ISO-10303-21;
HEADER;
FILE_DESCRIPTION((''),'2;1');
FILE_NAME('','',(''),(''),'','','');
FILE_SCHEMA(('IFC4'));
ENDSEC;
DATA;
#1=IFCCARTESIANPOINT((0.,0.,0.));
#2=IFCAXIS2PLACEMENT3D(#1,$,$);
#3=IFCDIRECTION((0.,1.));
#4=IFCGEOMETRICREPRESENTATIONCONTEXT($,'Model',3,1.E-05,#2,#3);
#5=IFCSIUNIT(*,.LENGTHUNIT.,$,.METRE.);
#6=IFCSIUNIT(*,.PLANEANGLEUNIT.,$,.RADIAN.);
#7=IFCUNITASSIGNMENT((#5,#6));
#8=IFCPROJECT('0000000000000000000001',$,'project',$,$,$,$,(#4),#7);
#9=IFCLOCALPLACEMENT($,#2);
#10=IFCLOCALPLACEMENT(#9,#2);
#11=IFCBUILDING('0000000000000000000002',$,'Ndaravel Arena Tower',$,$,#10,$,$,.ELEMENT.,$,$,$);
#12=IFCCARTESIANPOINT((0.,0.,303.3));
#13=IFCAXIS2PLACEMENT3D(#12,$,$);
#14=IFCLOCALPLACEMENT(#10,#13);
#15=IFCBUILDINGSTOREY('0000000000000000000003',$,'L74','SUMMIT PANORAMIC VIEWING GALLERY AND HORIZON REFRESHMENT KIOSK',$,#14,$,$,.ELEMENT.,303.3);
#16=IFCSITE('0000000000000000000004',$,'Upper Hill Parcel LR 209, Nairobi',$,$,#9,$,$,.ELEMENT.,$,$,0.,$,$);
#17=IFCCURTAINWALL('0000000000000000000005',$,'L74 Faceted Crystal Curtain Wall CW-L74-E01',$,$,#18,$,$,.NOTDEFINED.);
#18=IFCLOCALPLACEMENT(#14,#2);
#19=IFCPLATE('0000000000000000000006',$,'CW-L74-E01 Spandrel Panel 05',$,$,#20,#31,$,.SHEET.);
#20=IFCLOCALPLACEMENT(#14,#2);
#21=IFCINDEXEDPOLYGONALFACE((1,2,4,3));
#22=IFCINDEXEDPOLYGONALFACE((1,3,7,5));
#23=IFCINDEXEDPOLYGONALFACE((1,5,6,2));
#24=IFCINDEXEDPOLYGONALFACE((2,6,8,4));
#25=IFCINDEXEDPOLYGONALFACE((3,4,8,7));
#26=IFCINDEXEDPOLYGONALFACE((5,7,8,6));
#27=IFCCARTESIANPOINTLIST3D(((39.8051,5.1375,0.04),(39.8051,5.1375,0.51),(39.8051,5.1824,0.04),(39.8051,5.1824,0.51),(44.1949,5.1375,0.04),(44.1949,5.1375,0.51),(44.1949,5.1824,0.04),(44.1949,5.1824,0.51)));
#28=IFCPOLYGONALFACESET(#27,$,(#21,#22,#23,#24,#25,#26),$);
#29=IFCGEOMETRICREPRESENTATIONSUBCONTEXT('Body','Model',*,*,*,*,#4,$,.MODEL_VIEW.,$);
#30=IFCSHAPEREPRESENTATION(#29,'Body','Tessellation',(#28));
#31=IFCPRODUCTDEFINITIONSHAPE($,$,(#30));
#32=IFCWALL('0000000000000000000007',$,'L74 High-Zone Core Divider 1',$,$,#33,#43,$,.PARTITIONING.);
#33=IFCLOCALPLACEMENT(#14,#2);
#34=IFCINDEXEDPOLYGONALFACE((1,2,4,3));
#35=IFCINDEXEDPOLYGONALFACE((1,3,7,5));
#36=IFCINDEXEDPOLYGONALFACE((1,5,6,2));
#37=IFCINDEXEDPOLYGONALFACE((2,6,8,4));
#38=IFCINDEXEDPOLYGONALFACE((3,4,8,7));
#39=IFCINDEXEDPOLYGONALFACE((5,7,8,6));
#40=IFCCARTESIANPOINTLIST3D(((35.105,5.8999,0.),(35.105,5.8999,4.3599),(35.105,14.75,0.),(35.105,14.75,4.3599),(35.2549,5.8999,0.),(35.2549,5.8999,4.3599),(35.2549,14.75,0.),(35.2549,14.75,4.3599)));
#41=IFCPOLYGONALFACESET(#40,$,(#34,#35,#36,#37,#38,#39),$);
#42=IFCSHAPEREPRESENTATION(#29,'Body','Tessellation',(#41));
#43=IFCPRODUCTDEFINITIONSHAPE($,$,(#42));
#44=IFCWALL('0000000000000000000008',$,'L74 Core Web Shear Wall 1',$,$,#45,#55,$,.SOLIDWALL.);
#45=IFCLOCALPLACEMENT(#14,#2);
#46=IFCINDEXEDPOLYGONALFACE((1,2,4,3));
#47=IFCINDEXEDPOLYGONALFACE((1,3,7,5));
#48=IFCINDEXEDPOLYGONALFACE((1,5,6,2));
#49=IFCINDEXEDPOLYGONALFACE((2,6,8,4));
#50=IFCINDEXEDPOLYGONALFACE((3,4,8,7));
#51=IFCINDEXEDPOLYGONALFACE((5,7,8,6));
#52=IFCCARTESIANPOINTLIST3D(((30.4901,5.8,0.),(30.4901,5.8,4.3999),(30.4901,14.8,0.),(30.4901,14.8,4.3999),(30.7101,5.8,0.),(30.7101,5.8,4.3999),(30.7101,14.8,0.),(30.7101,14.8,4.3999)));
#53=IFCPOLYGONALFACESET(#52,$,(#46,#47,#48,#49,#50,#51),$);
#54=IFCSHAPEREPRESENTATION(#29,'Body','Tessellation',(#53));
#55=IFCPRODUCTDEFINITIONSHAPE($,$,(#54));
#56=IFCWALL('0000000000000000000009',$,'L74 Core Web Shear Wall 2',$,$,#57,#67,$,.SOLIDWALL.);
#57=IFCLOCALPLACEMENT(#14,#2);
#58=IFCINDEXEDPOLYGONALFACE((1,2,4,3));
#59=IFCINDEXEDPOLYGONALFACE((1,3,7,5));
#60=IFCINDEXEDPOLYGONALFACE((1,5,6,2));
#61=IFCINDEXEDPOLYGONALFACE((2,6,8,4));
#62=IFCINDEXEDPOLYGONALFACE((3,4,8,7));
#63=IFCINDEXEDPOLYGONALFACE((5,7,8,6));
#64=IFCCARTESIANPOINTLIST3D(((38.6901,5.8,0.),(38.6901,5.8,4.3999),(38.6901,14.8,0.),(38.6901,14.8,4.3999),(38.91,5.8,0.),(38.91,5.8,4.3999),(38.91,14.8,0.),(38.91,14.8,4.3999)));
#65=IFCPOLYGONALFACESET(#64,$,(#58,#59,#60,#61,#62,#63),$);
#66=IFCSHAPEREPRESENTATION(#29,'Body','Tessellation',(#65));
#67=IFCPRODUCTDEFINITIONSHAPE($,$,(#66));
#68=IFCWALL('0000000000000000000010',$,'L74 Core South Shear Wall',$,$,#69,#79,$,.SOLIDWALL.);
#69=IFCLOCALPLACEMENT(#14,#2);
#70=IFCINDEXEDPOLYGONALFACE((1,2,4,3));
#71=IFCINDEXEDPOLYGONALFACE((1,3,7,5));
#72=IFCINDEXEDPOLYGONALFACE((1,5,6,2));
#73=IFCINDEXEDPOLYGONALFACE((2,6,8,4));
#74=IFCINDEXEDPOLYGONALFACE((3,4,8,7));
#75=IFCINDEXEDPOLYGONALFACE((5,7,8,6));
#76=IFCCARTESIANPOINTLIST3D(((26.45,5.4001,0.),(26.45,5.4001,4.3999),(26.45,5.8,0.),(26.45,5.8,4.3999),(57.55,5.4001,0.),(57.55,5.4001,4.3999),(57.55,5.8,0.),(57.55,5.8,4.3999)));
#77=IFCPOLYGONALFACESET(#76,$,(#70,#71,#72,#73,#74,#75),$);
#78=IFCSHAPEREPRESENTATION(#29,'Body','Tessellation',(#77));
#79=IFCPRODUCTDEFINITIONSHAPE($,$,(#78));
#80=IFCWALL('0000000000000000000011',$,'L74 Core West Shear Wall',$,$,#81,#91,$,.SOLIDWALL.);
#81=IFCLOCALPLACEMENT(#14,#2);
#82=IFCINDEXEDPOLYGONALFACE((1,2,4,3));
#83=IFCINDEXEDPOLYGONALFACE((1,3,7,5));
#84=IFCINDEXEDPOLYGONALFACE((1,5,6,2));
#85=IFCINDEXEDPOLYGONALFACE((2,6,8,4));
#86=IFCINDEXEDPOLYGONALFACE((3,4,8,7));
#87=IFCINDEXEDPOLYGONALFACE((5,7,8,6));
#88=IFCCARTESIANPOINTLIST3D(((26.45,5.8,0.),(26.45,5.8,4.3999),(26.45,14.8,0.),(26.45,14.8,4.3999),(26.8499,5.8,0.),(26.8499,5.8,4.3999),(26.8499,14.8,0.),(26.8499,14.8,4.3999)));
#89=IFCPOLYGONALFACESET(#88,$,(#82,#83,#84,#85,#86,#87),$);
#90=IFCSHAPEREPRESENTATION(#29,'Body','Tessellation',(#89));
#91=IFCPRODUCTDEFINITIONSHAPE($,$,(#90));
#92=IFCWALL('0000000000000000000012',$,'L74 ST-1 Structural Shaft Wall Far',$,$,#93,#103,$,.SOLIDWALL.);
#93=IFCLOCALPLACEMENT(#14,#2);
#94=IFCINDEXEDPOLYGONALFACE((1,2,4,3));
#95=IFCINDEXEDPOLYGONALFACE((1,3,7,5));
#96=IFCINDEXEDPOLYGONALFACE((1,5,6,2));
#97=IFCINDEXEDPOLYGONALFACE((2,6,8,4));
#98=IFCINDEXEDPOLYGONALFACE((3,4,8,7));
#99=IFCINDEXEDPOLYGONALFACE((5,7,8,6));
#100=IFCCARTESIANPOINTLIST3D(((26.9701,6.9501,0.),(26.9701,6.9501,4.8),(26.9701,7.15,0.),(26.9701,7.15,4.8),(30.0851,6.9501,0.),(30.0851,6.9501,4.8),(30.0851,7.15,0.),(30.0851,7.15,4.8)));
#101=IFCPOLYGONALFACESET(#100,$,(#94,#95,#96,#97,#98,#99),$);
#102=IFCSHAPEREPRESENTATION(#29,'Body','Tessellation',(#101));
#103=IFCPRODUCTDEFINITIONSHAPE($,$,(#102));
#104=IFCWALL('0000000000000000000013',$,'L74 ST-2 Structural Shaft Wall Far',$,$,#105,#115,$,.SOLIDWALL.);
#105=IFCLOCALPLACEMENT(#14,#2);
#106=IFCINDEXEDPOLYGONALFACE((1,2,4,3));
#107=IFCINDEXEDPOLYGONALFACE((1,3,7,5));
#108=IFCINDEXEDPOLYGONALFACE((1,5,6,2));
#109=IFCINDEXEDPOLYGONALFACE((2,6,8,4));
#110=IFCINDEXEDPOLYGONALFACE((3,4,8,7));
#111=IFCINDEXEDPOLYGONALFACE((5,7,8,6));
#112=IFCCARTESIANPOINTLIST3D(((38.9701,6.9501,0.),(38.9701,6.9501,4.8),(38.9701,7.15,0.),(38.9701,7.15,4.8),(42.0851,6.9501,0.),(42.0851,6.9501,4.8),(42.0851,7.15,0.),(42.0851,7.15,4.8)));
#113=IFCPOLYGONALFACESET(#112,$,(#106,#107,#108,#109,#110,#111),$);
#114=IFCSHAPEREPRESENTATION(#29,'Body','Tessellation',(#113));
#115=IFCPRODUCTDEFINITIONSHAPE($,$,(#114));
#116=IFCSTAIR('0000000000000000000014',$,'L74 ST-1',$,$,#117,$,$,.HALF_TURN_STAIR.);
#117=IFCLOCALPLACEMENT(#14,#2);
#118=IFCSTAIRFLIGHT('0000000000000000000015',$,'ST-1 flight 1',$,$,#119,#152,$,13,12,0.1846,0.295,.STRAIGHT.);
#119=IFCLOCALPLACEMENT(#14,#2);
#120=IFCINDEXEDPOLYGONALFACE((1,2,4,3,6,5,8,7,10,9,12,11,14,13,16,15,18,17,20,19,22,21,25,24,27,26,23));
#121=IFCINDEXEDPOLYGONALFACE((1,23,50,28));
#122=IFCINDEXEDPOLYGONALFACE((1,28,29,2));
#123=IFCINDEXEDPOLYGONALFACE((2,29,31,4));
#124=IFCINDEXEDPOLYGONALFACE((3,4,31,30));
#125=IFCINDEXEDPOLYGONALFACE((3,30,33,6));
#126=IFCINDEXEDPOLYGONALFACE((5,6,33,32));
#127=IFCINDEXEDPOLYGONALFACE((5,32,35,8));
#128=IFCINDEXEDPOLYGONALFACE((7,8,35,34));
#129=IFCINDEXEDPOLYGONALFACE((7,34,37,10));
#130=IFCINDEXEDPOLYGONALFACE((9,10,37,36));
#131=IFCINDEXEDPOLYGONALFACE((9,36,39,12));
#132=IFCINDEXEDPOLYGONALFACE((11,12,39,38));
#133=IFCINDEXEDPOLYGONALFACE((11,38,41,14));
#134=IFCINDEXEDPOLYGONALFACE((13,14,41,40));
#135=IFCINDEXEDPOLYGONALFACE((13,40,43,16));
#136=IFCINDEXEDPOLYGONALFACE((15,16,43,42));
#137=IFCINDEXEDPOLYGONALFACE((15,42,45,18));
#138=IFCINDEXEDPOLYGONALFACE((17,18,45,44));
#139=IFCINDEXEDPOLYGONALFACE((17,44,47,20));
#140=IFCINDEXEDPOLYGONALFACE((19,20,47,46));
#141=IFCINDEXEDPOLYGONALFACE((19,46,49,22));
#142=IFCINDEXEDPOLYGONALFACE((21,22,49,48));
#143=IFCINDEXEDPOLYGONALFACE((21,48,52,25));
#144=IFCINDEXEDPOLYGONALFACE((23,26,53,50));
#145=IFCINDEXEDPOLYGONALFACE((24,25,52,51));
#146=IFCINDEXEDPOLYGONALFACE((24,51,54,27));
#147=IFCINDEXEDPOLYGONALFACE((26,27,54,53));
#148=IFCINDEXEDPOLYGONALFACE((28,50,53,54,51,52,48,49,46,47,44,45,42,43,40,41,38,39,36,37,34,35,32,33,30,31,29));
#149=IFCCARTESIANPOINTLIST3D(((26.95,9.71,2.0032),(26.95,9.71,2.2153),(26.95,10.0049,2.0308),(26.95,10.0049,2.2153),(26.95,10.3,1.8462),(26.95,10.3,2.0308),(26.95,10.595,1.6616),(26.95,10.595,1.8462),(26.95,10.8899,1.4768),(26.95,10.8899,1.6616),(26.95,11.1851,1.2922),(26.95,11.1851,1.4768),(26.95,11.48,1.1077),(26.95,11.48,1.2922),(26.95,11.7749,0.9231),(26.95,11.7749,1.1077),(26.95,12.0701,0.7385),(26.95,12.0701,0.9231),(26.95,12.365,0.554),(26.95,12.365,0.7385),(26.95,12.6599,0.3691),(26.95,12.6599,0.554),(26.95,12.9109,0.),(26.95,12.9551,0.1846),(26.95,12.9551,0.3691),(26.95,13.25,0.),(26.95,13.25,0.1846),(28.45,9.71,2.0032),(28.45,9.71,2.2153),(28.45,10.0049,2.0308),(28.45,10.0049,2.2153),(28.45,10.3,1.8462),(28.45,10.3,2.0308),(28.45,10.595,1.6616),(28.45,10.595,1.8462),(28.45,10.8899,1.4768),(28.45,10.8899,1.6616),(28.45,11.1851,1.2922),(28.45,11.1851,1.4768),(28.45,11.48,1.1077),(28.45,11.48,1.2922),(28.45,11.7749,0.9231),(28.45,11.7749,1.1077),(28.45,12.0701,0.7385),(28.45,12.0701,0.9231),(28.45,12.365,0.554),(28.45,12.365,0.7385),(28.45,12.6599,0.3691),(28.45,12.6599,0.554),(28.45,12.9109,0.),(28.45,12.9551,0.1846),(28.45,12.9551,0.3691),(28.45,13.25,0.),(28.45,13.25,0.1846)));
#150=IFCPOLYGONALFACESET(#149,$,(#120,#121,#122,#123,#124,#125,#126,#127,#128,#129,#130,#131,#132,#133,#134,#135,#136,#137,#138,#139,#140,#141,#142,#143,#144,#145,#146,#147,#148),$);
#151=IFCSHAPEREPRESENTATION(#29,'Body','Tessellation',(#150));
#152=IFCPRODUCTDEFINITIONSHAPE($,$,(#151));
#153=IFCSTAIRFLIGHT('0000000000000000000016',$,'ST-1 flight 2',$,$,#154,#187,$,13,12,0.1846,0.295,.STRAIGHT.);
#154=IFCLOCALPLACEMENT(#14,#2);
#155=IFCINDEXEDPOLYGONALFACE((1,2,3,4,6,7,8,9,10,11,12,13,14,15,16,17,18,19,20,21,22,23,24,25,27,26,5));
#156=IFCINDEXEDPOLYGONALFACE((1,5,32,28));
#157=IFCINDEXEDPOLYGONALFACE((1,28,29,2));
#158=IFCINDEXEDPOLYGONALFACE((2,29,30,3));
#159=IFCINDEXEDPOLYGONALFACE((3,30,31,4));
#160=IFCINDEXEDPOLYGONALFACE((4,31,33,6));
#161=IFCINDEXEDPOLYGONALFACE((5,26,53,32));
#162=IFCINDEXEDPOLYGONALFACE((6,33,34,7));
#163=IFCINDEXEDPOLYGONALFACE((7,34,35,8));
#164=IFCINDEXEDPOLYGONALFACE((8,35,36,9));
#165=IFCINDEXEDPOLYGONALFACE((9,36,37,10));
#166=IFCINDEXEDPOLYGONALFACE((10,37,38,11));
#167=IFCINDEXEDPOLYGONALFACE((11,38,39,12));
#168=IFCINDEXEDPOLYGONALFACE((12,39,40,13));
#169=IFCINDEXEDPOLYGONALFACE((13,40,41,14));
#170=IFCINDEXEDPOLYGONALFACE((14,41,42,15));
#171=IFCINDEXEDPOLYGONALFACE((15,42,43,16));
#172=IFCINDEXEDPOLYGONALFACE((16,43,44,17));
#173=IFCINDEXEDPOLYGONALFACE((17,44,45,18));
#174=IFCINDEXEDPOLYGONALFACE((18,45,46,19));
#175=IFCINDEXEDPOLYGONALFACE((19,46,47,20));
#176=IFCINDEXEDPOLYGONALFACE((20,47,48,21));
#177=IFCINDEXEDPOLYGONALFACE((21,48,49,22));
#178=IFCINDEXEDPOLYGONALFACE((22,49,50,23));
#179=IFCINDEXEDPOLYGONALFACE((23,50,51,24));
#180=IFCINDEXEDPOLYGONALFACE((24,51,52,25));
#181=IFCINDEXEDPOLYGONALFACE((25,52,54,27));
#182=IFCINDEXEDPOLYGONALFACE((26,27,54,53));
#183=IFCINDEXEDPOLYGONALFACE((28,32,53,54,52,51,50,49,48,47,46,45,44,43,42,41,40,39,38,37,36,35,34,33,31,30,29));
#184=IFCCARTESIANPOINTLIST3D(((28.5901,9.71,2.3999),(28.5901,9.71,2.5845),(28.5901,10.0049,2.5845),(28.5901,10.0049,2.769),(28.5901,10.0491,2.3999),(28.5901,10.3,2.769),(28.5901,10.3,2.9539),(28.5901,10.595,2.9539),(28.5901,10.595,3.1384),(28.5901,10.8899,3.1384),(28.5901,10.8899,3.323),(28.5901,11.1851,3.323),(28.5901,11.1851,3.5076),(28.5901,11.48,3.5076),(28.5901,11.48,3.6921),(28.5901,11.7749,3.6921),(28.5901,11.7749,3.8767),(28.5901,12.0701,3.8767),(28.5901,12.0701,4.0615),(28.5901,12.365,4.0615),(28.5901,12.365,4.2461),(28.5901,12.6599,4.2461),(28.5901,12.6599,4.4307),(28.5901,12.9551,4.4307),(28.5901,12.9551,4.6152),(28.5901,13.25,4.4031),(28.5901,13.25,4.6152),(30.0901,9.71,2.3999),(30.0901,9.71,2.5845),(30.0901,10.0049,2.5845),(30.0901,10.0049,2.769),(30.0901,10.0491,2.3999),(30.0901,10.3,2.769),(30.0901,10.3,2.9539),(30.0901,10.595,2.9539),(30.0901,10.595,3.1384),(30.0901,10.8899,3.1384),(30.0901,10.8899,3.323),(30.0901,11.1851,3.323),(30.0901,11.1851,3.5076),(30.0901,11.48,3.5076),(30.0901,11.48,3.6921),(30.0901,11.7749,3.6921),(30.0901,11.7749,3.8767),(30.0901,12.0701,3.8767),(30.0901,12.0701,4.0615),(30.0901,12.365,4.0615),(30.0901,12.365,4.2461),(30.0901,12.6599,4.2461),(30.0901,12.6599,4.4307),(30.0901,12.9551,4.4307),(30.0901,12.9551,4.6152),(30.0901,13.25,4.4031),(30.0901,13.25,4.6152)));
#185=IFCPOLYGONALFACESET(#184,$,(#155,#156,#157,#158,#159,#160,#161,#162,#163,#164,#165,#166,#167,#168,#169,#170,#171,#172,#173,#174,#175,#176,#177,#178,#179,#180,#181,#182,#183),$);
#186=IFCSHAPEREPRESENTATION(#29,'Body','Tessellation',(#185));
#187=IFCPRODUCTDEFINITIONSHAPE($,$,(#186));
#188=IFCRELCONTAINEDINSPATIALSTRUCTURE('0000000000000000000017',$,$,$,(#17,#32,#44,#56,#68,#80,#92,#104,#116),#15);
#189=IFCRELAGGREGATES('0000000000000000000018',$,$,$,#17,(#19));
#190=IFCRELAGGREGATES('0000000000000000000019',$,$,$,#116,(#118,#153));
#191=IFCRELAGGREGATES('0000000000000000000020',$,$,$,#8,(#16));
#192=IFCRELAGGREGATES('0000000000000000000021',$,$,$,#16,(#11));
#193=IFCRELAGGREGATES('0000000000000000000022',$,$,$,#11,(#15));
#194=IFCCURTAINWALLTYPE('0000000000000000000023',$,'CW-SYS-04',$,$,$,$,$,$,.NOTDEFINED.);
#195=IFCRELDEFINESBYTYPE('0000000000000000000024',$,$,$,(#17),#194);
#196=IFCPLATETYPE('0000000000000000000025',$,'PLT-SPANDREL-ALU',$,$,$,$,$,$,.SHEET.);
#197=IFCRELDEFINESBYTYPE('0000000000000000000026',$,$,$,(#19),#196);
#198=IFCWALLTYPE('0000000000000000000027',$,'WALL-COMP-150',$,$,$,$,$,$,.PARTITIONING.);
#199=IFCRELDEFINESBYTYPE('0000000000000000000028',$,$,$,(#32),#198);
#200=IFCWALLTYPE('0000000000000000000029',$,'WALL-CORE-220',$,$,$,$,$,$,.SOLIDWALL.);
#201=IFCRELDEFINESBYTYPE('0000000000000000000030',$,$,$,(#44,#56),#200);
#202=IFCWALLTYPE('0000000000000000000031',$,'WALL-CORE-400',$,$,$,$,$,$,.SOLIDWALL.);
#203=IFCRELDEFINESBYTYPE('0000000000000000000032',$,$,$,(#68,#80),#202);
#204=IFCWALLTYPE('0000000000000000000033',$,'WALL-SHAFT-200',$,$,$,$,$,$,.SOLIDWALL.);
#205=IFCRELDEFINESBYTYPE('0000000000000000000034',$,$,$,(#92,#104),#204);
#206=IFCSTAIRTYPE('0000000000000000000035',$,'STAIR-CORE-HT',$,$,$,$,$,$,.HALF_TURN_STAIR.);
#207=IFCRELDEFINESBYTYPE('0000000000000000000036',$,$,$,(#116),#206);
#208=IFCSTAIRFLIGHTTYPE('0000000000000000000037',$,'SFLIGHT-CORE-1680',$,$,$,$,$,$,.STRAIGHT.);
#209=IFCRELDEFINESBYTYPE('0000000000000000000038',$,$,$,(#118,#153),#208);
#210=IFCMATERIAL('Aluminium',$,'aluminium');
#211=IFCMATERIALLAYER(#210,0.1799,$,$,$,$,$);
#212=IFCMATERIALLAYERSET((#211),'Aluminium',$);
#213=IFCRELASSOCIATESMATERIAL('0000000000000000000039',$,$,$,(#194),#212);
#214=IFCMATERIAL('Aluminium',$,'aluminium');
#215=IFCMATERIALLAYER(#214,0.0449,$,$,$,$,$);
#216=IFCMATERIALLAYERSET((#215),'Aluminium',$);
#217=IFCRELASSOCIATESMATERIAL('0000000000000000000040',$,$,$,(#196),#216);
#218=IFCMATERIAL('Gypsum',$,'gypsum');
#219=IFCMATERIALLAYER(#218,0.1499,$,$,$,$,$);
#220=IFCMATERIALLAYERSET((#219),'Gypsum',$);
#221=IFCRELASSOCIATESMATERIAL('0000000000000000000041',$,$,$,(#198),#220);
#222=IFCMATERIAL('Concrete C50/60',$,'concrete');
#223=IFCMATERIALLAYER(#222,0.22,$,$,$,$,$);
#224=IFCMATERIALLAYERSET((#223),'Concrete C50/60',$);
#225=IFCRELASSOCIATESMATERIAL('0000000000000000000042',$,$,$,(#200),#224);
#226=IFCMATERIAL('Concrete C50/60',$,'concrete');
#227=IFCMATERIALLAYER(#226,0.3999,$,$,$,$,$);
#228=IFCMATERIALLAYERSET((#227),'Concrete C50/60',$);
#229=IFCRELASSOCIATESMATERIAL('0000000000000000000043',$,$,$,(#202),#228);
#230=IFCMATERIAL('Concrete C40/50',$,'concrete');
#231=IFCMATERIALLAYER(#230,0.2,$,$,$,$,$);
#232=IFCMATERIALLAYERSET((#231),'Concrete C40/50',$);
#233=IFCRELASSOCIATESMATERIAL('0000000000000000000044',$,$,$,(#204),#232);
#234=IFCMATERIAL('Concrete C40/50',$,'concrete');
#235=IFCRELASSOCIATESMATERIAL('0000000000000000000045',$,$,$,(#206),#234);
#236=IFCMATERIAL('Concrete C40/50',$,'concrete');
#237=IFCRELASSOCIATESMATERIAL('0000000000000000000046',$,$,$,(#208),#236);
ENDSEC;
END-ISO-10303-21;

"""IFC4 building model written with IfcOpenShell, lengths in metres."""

from ifc_helpers import new_model, si_unit, direction, frame, frame_2d, origin, origin_2d, place, context, subcontext, project, spatial, polyline, rectangle, outline, extrude, material, layer, layer_set, type_object, element, aggregate, save


model = new_model("IFC4")

# Units and contexts
model_context = context("Model", 3, precision=1e-05, world=origin(), true_north=direction((0.0, 1.0)))
body_context = subcontext(model_context, "Body", "Model", "MODEL_VIEW")
ifc_project = project(units=[si_unit("LENGTHUNIT", "METRE"), si_unit("PLANEANGLEUNIT", "RADIAN")], contexts=[model_context])

# Site, building, storey
site_placement = place(None, origin())
site = spatial("IfcSite", under=ifc_project, at=site_placement, Name="Upper Hill Parcel LR 209, Nairobi", CompositionType="ELEMENT", RefElevation=0.0)
building_placement = place(site_placement, origin())
building = spatial("IfcBuilding", under=site, at=building_placement, Name="Ndaravel Arena Tower", CompositionType="ELEMENT")
storey_placement = place(building_placement, frame((0.0, 0.0, 303.3)))
storey = spatial("IfcBuildingStorey", under=building, at=storey_placement, Name="L74", Description="SUMMIT PANORAMIC VIEWING GALLERY AND HORIZON REFRESHMENT KIOSK", CompositionType="ELEMENT", Elevation=303.3)

# Curtain wall, plate
ifc_material_1 = material(Name="Aluminium", Category="aluminium")
ifc_layer_1 = layer(ifc_material_1, 0.1799)
ifc_layer_set_1 = layer_set([ifc_layer_1], Name="Aluminium")
curtain_wall_type = type_object("IfcCurtainWallType", Name="CW-SYS-04", PredefinedType="NOTDEFINED", material=ifc_layer_set_1)
curtain_wall_placement = place(storey_placement, origin())
curtain_wall = element("IfcCurtainWall", 1, at=curtain_wall_placement, inside=storey, type_object=curtain_wall_type, Name="L74 Faceted Crystal Curtain Wall CW-L74-E01", PredefinedType="NOTDEFINED")
ifc_material_2 = material(Name="Aluminium", Category="aluminium")
ifc_layer_2 = layer(ifc_material_2, 0.0449)
ifc_layer_set_2 = layer_set([ifc_layer_2], Name="Aluminium")
plate_type_1 = type_object("IfcPlateType", Name="PLT-SPANDREL-ALU", PredefinedType="SHEET", material=ifc_layer_set_2)
plate_1_placement = place(storey_placement, frame((42.0, 5.1599, 0.04), z_axis=(0.0, 0.0, 1.0), x_axis=(1.0, 0.0, 0.0)))
plate_1 = element("IfcPlate", 2, at=plate_1_placement, type_object=plate_type_1, Name="CW-L74-E01 Spandrel Panel 05", PredefinedType="SHEET", context=body_context, shape_type="SweptSolid", body=[
    extrude(rectangle(XDim=4.3899, YDim=0.0449, at=origin_2d()), origin(), (0.0, 0.0, 1.0), 0.47),
])
aggregate(curtain_wall, [plate_1])

# Walls
ifc_material_3 = material(Name="Gypsum", Category="gypsum")
ifc_layer_3 = layer(ifc_material_3, 0.1499)
ifc_layer_set_3 = layer_set([ifc_layer_3], Name="Gypsum")
wall_type_1 = type_object("IfcWallType", Name="WALL-COMP-150", PredefinedType="PARTITIONING", material=ifc_layer_set_3)
wall_1_placement = place(storey_placement, frame((35.1799, 5.8999, 0.0), z_axis=(0.0, 0.0, 1.0), x_axis=(0.0, 1.0, 0.0)))
element("IfcWall", 3, at=wall_1_placement, inside=storey, type_object=wall_type_1, Name="L74 High-Zone Core Divider 1", PredefinedType="PARTITIONING", context=body_context, shape_type="SweptSolid", body=[
    extrude(rectangle(XDim=8.8501, YDim=0.1499, at=frame_2d((4.425, 0.0))), origin(), (0.0, 0.0, 1.0), 4.3599),
])
ifc_material_4 = material(Name="Concrete C50/60", Category="concrete")
ifc_layer_4 = layer(ifc_material_4, 0.22)
ifc_layer_set_4 = layer_set([ifc_layer_4], Name="Concrete C50/60")
wall_type_2 = type_object("IfcWallType", Name="WALL-CORE-220", PredefinedType="SOLIDWALL", material=ifc_layer_set_4)
for number, where, z_axis, x_axis, name in (
    (4, (30.6001, 5.8, 0.0), (0.0, 0.0, 1.0), (0.0, 1.0, 0.0), "L74 Core Web Shear Wall 1"),
    (5, (38.8, 5.8, 0.0), (0.0, 0.0, 1.0), (0.0, 1.0, 0.0), "L74 Core Web Shear Wall 2"),
):
    element("IfcWall", number, at=place(storey_placement, frame(where, z_axis=z_axis, x_axis=x_axis)), inside=storey, type_object=wall_type_2, Name=name, PredefinedType="SOLIDWALL", context=body_context, shape_type="SweptSolid", body=[
        extrude(rectangle(XDim=9.0, YDim=0.22, at=frame_2d((4.5, 0.0))), origin(), (0.0, 0.0, 1.0), 4.3999),
    ])
ifc_material_5 = material(Name="Concrete C50/60", Category="concrete")
ifc_layer_5 = layer(ifc_material_5, 0.3999)
ifc_layer_set_5 = layer_set([ifc_layer_5], Name="Concrete C50/60")
wall_type_3 = type_object("IfcWallType", Name="WALL-CORE-400", PredefinedType="SOLIDWALL", material=ifc_layer_set_5)
wall_2_placement = place(storey_placement, frame((26.45, 5.6001, 0.0), z_axis=(0.0, 0.0, 1.0), x_axis=(1.0, 0.0, 0.0)))
element("IfcWall", 6, at=wall_2_placement, inside=storey, type_object=wall_type_3, Name="L74 Core South Shear Wall", PredefinedType="SOLIDWALL", context=body_context, shape_type="SweptSolid", body=[
    extrude(rectangle(XDim=31.1001, YDim=0.3999, at=frame_2d((15.55, 0.0))), origin(), (0.0, 0.0, 1.0), 4.3999),
])
wall_3_placement = place(storey_placement, frame((26.6499, 5.8, 0.0), z_axis=(0.0, 0.0, 1.0), x_axis=(0.0, 1.0, 0.0)))
element("IfcWall", 7, at=wall_3_placement, inside=storey, type_object=wall_type_3, Name="L74 Core West Shear Wall", PredefinedType="SOLIDWALL", context=body_context, shape_type="SweptSolid", body=[
    extrude(rectangle(XDim=9.0, YDim=0.3999, at=frame_2d((4.5, 0.0))), origin(), (0.0, 0.0, 1.0), 4.3999),
])
ifc_material_6 = material(Name="Concrete C40/50", Category="concrete")
ifc_layer_6 = layer(ifc_material_6, 0.2)
ifc_layer_set_6 = layer_set([ifc_layer_6], Name="Concrete C40/50")
wall_type_4 = type_object("IfcWallType", Name="WALL-SHAFT-200", PredefinedType="SOLIDWALL", material=ifc_layer_set_6)
for number, where, z_axis, x_axis, name in (
    (8, (26.97, 7.05, 0.0), (0.0, 0.0, 1.0), (1.0, 0.0, 0.0), "L74 ST-1 Structural Shaft Wall Far"),
    (9, (38.97, 7.05, 0.0), (0.0, 0.0, 1.0), (1.0, 0.0, 0.0), "L74 ST-2 Structural Shaft Wall Far"),
):
    element("IfcWall", number, at=place(storey_placement, frame(where, z_axis=z_axis, x_axis=x_axis)), inside=storey, type_object=wall_type_4, Name=name, PredefinedType="SOLIDWALL", context=body_context, shape_type="SweptSolid", body=[
        extrude(rectangle(XDim=3.115, YDim=0.2, at=frame_2d((1.5576, 0.0))), origin(), (0.0, 0.0, 1.0), 4.8),
    ])

# Stair, stair flights
ifc_material_7 = material(Name="Concrete C40/50", Category="concrete")
stair_type = type_object("IfcStairType", Name="STAIR-CORE-HT", PredefinedType="HALF_TURN_STAIR", material=ifc_material_7)
stair_1_placement = place(storey_placement, origin())
stair_1 = element("IfcStair", 10, at=stair_1_placement, inside=storey, type_object=stair_type, Name="L74 ST-1", PredefinedType="HALF_TURN_STAIR")
ifc_material_8 = material(Name="Concrete C40/50", Category="concrete")
stair_flight_type = type_object("IfcStairFlightType", Name="SFLIGHT-CORE-1680", PredefinedType="STRAIGHT", material=ifc_material_8)
stair_flight_1_placement = place(storey_placement, frame((27.7, 13.25, 0.0), z_axis=(0.0, 0.0, 1.0), x_axis=(0.0, -1.0, 0.0)))
stair_flight_1 = element("IfcStairFlight", 11, at=stair_flight_1_placement, type_object=stair_flight_type, Name="ST-1 flight 1", NumberOfRisers=13, NumberOfTreads=12, PredefinedType="STRAIGHT", RiserHeight=0.1846, TreadLength=0.295, context=body_context, shape_type="SweptSolid", body=[
    extrude(outline(polyline([(0.0, 0.0), (0.0, 0.1846), (0.2949, 0.1846), (0.2949, 0.3691), (0.5901, 0.3691), (0.5901, 0.554), (0.885, 0.554), (0.885, 0.7385), (1.1799, 0.7385), (1.1799, 0.9231), (1.4751, 0.9231), (1.4751, 1.1077), (1.77, 1.1077), (1.77, 1.2922), (2.0649, 1.2922), (2.0649, 1.4768), (2.3601, 1.4768), (2.3601, 1.6616), (2.655, 1.6616), (2.655, 1.8462), (2.95, 1.8462), (2.95, 2.0308), (3.2451, 2.0308), (3.2451, 2.2153), (3.54, 2.2153), (3.54, 2.3999), (3.54, 2.0032), (0.3391, 0.0), (0.0, 0.0)])), frame((0.0, 0.75, 0.0), z_axis=(0.0, -1.0, 0.0), x_axis=(1.0, 0.0, 0.0)), (0.0, 0.0, 1.0), 1.5),
])
stair_flight_2_placement = place(storey_placement, frame((29.3401, 9.71, 2.3999), z_axis=(0.0, 0.0, 1.0), x_axis=(0.0, 1.0, 0.0)))
stair_flight_2 = element("IfcStairFlight", 12, at=stair_flight_2_placement, type_object=stair_flight_type, Name="ST-1 flight 2", NumberOfRisers=13, NumberOfTreads=12, PredefinedType="STRAIGHT", RiserHeight=0.1846, TreadLength=0.295, context=body_context, shape_type="SweptSolid", body=[
    extrude(outline(polyline([(0.0, 0.0), (0.0, 0.1846), (0.2949, 0.1846), (0.2949, 0.3691), (0.5901, 0.3691), (0.5901, 0.554), (0.885, 0.554), (0.885, 0.7385), (1.1799, 0.7385), (1.1799, 0.9231), (1.4751, 0.9231), (1.4751, 1.1077), (1.77, 1.1077), (1.77, 1.2922), (2.0649, 1.2922), (2.0649, 1.4768), (2.3601, 1.4768), (2.3601, 1.6616), (2.655, 1.6616), (2.655, 1.8462), (2.95, 1.8462), (2.95, 2.0308), (3.2451, 2.0308), (3.2451, 2.2153), (3.54, 2.2153), (3.54, 2.3999), (3.54, 2.0032), (0.3391, 0.0), (0.0, 0.0)])), frame((0.0, 0.75, 0.0), z_axis=(0.0, -1.0, 0.0), x_axis=(1.0, 0.0, 0.0)), (0.0, 0.0, 1.0), 1.5),
])
aggregate(stair_1, [stair_flight_1, stair_flight_2])

save(model, "model.ifc")
